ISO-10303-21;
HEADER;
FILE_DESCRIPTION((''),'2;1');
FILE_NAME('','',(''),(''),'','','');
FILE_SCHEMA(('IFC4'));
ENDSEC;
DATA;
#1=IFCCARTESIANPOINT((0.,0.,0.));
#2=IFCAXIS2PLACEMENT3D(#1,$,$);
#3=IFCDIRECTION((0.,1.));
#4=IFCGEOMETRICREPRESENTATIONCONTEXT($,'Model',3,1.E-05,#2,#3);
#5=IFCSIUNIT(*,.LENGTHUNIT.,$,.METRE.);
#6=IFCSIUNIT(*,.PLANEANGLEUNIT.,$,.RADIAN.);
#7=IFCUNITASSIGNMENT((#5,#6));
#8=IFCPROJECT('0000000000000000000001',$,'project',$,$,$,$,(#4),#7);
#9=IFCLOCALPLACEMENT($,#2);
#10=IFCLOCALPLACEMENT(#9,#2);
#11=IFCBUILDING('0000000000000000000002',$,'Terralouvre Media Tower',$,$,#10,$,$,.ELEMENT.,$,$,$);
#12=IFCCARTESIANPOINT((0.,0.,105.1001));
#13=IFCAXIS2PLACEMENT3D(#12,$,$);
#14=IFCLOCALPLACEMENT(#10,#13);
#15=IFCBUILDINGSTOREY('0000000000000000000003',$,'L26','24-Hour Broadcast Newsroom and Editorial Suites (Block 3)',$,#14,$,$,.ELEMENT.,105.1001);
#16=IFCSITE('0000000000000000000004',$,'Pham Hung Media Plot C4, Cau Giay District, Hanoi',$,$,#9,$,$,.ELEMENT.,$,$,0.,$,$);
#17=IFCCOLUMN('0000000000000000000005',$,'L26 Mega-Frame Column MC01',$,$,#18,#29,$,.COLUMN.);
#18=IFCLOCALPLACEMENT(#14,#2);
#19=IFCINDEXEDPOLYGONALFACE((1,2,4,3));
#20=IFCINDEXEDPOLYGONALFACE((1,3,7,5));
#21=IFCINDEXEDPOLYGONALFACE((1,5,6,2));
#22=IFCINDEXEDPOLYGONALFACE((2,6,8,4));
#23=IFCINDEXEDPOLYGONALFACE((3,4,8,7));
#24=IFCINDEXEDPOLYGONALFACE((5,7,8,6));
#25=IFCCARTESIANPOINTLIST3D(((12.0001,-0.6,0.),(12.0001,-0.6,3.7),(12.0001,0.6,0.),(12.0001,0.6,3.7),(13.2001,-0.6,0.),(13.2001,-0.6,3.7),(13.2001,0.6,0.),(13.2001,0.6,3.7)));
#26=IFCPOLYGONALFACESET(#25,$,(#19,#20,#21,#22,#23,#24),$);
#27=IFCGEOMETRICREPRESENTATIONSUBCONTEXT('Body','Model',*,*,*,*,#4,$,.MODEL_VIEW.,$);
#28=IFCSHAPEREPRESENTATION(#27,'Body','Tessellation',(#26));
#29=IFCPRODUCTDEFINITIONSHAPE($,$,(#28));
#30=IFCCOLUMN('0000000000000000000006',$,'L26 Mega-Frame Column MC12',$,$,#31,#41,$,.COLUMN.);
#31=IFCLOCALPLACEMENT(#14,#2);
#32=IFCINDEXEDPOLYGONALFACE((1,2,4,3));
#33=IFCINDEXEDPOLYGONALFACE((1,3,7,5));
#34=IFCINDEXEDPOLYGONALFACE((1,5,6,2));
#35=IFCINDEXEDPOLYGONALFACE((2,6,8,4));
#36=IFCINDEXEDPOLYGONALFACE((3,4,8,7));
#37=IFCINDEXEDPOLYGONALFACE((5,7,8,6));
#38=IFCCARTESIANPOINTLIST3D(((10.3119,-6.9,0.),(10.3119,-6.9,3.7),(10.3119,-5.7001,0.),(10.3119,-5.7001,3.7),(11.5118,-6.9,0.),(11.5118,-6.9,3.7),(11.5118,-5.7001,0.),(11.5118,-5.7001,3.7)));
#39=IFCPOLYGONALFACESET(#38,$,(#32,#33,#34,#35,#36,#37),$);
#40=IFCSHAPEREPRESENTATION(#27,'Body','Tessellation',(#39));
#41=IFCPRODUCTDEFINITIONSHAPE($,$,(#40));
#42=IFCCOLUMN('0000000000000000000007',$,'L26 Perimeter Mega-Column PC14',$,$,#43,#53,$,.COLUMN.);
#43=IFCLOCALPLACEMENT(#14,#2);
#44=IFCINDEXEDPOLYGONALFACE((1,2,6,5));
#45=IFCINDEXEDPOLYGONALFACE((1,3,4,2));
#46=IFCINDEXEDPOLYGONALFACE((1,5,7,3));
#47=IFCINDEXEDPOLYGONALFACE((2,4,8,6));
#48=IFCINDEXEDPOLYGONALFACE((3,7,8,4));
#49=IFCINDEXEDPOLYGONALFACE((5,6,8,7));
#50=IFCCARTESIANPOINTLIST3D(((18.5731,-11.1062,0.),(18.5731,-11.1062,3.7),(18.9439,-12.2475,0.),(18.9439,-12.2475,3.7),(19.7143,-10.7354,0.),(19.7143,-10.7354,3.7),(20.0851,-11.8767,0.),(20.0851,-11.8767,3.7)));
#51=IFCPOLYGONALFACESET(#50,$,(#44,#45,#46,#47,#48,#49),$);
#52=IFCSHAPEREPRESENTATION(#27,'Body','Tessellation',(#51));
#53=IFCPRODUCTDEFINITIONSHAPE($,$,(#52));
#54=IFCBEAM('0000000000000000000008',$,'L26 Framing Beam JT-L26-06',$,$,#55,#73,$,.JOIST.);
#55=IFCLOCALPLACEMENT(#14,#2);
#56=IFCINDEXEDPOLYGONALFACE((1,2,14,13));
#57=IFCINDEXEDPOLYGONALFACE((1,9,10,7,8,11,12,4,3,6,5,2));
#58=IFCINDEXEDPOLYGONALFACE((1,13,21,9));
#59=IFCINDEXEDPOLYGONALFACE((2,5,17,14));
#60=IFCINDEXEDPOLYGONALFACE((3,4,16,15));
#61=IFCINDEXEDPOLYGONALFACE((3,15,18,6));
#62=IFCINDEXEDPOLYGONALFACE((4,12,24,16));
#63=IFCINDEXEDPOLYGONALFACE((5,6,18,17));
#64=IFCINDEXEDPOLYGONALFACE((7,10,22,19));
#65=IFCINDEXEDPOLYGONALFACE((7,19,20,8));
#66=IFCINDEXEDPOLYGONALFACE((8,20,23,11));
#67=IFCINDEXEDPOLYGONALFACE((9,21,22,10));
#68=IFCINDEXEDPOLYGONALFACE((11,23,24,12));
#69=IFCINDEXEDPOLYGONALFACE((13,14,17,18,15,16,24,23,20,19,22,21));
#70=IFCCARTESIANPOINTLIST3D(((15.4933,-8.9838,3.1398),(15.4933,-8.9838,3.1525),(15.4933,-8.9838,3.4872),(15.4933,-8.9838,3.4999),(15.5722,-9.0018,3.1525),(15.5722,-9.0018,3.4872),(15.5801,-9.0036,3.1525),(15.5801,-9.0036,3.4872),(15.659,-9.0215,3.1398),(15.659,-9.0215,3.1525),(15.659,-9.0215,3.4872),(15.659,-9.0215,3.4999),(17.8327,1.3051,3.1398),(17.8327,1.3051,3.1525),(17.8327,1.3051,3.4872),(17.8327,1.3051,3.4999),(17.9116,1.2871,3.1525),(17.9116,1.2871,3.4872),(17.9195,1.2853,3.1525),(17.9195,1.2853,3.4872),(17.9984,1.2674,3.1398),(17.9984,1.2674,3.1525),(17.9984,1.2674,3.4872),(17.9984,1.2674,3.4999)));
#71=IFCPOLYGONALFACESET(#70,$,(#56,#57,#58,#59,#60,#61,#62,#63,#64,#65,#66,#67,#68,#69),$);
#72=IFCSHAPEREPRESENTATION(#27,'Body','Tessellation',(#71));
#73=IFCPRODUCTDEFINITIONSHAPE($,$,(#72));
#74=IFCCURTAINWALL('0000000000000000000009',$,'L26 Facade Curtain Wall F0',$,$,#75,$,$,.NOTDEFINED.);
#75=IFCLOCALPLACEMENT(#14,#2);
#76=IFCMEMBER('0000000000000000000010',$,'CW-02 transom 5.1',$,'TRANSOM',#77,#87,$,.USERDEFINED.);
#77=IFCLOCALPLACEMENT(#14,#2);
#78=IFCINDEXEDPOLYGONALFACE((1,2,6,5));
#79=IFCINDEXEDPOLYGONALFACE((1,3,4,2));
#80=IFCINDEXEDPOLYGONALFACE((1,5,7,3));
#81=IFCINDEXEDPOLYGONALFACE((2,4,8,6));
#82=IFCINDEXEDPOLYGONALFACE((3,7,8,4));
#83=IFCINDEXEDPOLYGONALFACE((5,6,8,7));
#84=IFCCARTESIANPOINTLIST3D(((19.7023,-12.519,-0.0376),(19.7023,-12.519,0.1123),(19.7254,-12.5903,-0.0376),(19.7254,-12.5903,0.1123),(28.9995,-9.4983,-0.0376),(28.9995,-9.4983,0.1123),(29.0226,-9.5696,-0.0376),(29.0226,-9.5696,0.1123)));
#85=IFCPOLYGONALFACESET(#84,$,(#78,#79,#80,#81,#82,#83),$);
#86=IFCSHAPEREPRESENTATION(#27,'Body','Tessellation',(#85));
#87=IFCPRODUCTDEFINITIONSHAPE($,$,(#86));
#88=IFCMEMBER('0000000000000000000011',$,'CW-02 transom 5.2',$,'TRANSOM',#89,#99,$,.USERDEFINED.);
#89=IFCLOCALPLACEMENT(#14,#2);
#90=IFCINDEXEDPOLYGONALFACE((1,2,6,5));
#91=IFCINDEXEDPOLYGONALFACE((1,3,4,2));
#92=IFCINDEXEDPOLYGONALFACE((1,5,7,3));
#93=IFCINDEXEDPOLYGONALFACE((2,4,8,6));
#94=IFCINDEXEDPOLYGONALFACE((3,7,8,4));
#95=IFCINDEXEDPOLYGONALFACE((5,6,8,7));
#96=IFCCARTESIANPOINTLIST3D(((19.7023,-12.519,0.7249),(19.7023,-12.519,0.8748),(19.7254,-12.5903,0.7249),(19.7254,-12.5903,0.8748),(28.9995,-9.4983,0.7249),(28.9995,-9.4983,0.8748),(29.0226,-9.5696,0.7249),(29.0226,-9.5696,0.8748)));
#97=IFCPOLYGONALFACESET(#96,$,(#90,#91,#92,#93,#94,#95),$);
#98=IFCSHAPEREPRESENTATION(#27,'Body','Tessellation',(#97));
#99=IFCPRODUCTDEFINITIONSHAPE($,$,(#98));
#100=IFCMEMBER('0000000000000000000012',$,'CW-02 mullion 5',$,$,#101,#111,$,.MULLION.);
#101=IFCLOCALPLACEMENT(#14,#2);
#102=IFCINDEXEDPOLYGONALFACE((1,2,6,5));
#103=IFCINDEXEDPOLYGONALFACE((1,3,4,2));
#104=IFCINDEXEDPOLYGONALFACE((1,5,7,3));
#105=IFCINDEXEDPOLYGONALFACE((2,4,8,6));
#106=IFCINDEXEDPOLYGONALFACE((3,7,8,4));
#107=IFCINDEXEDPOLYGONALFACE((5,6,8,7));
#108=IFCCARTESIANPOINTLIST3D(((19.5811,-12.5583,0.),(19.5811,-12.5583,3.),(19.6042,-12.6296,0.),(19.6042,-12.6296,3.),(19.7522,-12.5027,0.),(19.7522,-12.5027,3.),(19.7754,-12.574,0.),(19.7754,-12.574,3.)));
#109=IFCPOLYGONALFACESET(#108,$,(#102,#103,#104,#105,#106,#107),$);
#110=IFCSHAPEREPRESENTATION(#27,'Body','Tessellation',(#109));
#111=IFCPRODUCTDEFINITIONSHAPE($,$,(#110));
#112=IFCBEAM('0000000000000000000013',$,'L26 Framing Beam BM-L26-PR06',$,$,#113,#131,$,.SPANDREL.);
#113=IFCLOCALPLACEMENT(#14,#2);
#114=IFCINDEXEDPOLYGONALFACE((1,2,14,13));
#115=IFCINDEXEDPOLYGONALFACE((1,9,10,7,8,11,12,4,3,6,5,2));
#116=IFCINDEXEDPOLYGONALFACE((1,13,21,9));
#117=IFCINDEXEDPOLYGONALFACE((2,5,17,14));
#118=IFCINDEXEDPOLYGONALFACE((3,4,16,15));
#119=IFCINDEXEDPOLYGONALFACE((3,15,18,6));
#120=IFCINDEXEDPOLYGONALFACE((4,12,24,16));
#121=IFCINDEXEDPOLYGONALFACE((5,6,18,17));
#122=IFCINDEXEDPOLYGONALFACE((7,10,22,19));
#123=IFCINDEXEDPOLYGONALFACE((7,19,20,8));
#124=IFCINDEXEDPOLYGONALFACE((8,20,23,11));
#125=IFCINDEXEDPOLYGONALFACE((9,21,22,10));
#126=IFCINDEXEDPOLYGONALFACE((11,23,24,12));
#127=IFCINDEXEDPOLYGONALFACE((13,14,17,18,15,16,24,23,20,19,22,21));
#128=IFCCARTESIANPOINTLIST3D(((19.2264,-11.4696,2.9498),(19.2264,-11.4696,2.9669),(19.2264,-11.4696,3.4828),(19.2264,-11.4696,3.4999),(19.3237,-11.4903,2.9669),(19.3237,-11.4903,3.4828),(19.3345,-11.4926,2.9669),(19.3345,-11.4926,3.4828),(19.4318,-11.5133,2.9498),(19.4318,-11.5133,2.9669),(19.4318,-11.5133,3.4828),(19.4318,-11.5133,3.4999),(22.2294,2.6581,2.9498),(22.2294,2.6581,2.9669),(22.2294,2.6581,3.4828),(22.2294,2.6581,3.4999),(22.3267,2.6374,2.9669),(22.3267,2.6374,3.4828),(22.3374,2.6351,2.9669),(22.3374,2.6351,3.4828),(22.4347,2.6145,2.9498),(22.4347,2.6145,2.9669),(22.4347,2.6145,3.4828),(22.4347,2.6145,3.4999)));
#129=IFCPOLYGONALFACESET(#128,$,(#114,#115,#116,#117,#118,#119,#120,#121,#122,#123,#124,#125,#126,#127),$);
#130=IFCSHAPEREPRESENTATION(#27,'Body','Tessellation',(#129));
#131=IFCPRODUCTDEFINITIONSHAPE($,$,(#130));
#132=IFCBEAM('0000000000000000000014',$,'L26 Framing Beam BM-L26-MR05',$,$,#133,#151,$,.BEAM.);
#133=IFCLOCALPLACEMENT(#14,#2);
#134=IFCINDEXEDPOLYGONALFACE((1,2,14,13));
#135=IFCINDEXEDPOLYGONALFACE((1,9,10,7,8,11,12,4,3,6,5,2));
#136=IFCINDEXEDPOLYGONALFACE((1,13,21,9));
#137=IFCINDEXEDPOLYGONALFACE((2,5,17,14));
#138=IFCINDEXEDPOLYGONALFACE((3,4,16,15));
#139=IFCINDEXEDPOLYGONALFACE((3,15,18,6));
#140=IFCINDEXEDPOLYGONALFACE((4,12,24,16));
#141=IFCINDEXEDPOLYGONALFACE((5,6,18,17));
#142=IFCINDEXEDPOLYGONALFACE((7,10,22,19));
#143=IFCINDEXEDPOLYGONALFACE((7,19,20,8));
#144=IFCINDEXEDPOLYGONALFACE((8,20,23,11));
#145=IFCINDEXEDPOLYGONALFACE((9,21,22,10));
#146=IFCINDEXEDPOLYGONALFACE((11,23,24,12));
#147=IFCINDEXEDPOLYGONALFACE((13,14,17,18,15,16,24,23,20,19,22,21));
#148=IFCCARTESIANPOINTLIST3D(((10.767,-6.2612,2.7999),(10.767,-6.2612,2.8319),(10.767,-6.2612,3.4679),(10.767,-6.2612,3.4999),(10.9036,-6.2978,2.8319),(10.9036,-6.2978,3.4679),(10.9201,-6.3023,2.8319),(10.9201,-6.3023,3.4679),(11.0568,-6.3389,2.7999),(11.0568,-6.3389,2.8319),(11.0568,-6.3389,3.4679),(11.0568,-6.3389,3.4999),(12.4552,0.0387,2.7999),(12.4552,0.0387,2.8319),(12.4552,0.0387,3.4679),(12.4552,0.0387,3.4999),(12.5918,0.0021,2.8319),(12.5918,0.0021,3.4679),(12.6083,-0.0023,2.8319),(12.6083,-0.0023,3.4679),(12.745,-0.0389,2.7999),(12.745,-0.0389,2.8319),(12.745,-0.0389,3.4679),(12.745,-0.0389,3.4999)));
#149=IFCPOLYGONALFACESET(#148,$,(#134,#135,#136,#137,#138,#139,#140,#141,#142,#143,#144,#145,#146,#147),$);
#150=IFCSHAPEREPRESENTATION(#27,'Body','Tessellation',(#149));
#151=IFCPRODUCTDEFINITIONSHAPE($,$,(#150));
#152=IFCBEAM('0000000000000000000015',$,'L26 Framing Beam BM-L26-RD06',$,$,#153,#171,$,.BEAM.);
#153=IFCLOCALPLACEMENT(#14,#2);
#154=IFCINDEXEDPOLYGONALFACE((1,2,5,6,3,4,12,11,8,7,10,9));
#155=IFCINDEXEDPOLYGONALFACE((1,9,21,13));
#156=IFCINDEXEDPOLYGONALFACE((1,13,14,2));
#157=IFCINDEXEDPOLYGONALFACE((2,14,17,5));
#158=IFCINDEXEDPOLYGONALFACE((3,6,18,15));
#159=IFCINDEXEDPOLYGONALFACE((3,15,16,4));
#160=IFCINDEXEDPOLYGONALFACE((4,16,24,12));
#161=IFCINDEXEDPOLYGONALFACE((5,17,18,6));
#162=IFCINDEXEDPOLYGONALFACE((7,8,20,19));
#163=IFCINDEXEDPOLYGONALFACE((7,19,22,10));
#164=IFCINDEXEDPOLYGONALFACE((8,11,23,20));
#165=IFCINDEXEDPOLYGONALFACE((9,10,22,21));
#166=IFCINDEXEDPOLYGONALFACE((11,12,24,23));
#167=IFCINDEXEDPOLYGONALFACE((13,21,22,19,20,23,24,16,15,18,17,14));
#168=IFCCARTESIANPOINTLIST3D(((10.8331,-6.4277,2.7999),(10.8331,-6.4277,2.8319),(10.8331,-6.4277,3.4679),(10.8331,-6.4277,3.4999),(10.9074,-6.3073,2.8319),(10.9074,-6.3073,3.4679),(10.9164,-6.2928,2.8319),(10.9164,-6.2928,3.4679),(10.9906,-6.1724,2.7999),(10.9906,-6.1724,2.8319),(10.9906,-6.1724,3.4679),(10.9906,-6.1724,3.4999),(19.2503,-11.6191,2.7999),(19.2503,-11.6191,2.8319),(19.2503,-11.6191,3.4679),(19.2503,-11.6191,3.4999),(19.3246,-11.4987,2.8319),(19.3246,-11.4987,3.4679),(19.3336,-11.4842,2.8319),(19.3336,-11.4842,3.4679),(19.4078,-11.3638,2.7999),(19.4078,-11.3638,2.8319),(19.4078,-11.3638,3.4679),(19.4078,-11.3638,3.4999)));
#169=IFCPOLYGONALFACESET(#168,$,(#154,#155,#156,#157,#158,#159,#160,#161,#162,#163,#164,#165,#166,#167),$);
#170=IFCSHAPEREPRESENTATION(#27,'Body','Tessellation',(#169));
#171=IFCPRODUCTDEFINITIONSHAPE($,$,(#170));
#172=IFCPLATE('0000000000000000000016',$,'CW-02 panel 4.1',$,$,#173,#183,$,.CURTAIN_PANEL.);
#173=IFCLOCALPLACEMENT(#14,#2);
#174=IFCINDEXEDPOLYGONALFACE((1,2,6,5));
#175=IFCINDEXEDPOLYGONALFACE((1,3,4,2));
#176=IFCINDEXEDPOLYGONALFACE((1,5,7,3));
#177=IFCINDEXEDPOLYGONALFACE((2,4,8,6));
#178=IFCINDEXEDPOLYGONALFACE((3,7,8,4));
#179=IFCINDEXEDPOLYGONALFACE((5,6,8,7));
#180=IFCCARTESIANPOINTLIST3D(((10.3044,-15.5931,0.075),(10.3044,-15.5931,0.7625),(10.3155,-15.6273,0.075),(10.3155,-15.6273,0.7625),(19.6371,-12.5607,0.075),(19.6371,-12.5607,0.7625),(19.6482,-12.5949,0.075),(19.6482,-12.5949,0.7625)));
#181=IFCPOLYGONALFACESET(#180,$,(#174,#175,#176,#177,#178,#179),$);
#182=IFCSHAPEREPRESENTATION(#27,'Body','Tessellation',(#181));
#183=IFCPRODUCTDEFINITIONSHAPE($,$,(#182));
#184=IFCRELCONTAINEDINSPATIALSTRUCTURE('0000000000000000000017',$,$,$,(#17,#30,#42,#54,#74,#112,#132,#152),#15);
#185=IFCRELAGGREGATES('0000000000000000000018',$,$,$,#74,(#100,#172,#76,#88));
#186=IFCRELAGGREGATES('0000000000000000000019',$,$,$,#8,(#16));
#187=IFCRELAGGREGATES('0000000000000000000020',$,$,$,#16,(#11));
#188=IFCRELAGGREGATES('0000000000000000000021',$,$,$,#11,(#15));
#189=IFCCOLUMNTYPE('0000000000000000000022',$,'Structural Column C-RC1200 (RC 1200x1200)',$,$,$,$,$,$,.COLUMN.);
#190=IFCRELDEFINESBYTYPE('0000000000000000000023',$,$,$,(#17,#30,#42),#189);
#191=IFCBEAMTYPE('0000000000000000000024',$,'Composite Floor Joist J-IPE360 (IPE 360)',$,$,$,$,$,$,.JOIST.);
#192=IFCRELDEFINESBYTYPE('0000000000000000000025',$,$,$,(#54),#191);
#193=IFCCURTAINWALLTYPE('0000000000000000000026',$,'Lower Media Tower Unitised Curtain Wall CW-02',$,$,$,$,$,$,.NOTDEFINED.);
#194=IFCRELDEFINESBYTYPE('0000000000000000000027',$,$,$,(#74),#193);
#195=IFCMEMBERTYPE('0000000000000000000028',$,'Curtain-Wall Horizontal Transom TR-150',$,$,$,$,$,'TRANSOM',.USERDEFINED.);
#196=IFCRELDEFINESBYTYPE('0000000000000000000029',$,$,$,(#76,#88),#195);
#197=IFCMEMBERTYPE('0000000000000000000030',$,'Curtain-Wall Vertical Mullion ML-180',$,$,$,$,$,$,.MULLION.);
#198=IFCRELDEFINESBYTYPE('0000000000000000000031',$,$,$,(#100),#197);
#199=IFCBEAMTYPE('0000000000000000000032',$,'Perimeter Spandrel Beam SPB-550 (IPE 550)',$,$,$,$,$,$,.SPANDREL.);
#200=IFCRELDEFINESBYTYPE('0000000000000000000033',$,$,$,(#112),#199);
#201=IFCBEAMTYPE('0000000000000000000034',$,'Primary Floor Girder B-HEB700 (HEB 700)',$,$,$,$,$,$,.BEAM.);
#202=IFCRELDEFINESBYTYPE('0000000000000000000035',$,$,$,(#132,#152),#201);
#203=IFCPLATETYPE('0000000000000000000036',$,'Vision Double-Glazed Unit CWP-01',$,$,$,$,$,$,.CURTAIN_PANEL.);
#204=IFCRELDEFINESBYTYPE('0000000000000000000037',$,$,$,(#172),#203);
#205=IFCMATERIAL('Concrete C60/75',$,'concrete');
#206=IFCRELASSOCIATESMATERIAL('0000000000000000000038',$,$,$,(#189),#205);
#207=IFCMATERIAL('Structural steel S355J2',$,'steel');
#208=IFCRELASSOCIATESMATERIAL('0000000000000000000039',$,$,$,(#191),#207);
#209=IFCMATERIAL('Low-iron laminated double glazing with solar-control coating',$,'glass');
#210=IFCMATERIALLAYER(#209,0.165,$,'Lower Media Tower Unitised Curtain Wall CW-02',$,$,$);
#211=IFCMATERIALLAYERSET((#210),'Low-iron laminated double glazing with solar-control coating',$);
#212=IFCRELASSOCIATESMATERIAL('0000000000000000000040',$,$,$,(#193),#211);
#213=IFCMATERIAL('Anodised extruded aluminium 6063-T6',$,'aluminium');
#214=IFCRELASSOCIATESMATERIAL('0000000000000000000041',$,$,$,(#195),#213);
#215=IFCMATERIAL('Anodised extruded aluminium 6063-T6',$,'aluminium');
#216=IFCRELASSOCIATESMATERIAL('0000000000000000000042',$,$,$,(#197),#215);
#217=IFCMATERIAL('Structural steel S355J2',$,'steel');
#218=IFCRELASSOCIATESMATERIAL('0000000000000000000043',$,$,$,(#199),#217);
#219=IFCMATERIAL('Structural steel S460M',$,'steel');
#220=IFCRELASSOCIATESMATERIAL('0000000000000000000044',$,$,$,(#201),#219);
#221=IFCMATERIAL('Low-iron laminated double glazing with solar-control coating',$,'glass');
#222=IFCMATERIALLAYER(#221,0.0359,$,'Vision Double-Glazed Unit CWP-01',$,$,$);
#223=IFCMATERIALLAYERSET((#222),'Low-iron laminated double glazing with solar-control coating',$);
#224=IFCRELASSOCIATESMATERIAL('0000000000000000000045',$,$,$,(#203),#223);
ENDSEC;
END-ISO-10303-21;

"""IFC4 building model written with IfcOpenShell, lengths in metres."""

from ifc_helpers import new_model, si_unit, direction, frame, origin, origin_2d, place, context, subcontext, project, spatial, rectangle, i_section, extrude, material, layer, layer_set, material_profile, profile_set, type_object, element, aggregate, save


model = new_model("IFC4")

# Units and contexts
model_context = context("Model", 3, precision=1e-05, world=origin(), true_north=direction((0.0, 1.0)))
body_context = subcontext(model_context, "Body", "Model", "MODEL_VIEW")
ifc_project = project(units=[si_unit("LENGTHUNIT", "METRE"), si_unit("PLANEANGLEUNIT", "RADIAN")], contexts=[model_context])

# Site, building, storey
site_placement = place(None, origin())
site = spatial("IfcSite", under=ifc_project, at=site_placement, Name="Pham Hung Media Plot C4, Cau Giay District, Hanoi", CompositionType="ELEMENT", RefElevation=0.0)
building_placement = place(site_placement, origin())
building = spatial("IfcBuilding", under=site, at=building_placement, Name="Terralouvre Media Tower", CompositionType="ELEMENT")
storey_placement = place(building_placement, frame((0.0, 0.0, 105.1001)))
storey = spatial("IfcBuildingStorey", under=building, at=storey_placement, Name="L26", Description="24-Hour Broadcast Newsroom and Editorial Suites (Block 3)", CompositionType="ELEMENT", Elevation=105.1001)

# Columns
ifc_material_1 = material(Name="Concrete C60/75", Category="concrete")
ifc_material_profile_1 = material_profile(ifc_material_1, rectangle(XDim=1.2, YDim=1.2, at=origin_2d()), Name="RC 1200x1200")
ifc_profile_set_1 = profile_set([ifc_material_profile_1], Name="Concrete C60/75")
column_type = type_object("IfcColumnType", Name="Structural Column C-RC1200 (RC 1200x1200)", PredefinedType="COLUMN", material=ifc_profile_set_1)
for number, where, z_axis, x_axis, name in (
    (1, (12.6001, 0.0, 0.0), (0.0, 0.0, 1.0), (1.0, 0.0, 0.0), "L26 Mega-Frame Column MC01"),
    (2, (10.9119, -6.3, 0.0), (0.0, 0.0, 1.0), (1.0, 0.0, 0.0), "L26 Mega-Frame Column MC12"),
    (3, (19.3291, -11.4915, 0.0), (0.0, 0.0, 1.0), (0.951057, 0.309017, 0.0), "L26 Perimeter Mega-Column PC14"),
):
    element("IfcColumn", number, at=place(storey_placement, frame(where, z_axis=z_axis, x_axis=x_axis)), inside=storey, type_object=column_type, Name=name, PredefinedType="COLUMN", context=body_context, shape_type="SweptSolid", body=[
        extrude(rectangle(XDim=1.2, YDim=1.2, at=origin_2d()), origin(), (0.0, 0.0, 1.0), 3.7),
    ])

# Beam
ifc_material_2 = material(Name="Structural steel S355J2", Category="steel")
ifc_material_profile_2 = material_profile(ifc_material_2, i_section(OverallWidth=0.1699, OverallDepth=0.3601, WebThickness=0.0081, FlangeThickness=0.0127, at=origin_2d()), Name="IPE 360")
ifc_profile_set_2 = profile_set([ifc_material_profile_2], Name="Structural steel S355J2")
beam_type_1 = type_object("IfcBeamType", Name="Composite Floor Joist J-IPE360 (IPE 360)", PredefinedType="JOIST", material=ifc_profile_set_2)
beam_1_placement = place(storey_placement, frame((15.5762, -9.0027, 3.3198), z_axis=(0.22171, 0.975113, 0.0), x_axis=(-0.975113, 0.22171, 0.0)))
element("IfcBeam", 4, at=beam_1_placement, inside=storey, type_object=beam_type_1, Name="L26 Framing Beam JT-L26-06", PredefinedType="JOIST", context=body_context, shape_type="SweptSolid", body=[
    extrude(i_section(OverallWidth=0.1699, OverallDepth=0.3601, WebThickness=0.0081, FlangeThickness=0.0127, at=origin_2d()), origin(), (0.0, 0.0, 1.0), 10.5515),
])

# Curtain wall, members
ifc_material_3 = material(Name="Low-iron laminated double glazing with solar-control coating", Category="glass")
ifc_layer_1 = layer(ifc_material_3, 0.165, Name="Lower Media Tower Unitised Curtain Wall CW-02")
ifc_layer_set_1 = layer_set([ifc_layer_1], Name="Low-iron laminated double glazing with solar-control coating")
curtain_wall_type = type_object("IfcCurtainWallType", Name="Lower Media Tower Unitised Curtain Wall CW-02", PredefinedType="NOTDEFINED", material=ifc_layer_set_1)
curtain_wall_placement = place(storey_placement, origin())
curtain_wall = element("IfcCurtainWall", 5, at=curtain_wall_placement, inside=storey, type_object=curtain_wall_type, Name="L26 Facade Curtain Wall F0", PredefinedType="NOTDEFINED")
ifc_material_4 = material(Name="Anodised extruded aluminium 6063-T6", Category="aluminium")
ifc_material_profile_3 = material_profile(ifc_material_4, rectangle(XDim=0.075, YDim=0.1499, at=origin_2d()), Name="ALU 75x150")
ifc_profile_set_3 = profile_set([ifc_material_profile_3], Name="Anodised extruded aluminium 6063-T6")
member_type_1 = type_object("IfcMemberType", Name="Curtain-Wall Horizontal Transom TR-150", ElementType="TRANSOM", PredefinedType="USERDEFINED", material=ifc_profile_set_3)
member_1_placement = place(storey_placement, frame((19.7139, -12.5547, 0.0374), z_axis=(0.951058, 0.309011, 0.0), x_axis=(-0.309011, 0.951058, 0.0)))
member_1 = element("IfcMember", 6, at=member_1_placement, type_object=member_type_1, Name="CW-02 transom 5.1", ObjectType="TRANSOM", PredefinedType="USERDEFINED", context=body_context, shape_type="SweptSolid", body=[
    extrude(rectangle(XDim=0.075, YDim=0.1499, at=origin_2d()), origin(), (0.0, 0.0, 1.0), 9.7756),
])
member_2_placement = place(storey_placement, frame((19.7139, -12.5547, 0.7998), z_axis=(0.951058, 0.309011, 0.0), x_axis=(-0.309011, 0.951058, 0.0)))
member_2 = element("IfcMember", 7, at=member_2_placement, type_object=member_type_1, Name="CW-02 transom 5.2", ObjectType="TRANSOM", PredefinedType="USERDEFINED", context=body_context, shape_type="SweptSolid", body=[
    extrude(rectangle(XDim=0.075, YDim=0.1499, at=origin_2d()), origin(), (0.0, 0.0, 1.0), 9.7756),
])
ifc_material_5 = material(Name="Anodised extruded aluminium 6063-T6", Category="aluminium")
ifc_material_profile_4 = material_profile(ifc_material_5, rectangle(XDim=0.075, YDim=0.1799, at=origin_2d()), Name="ALU 75x180")
ifc_profile_set_4 = profile_set([ifc_material_profile_4], Name="Anodised extruded aluminium 6063-T6")
member_type_2 = type_object("IfcMemberType", Name="Curtain-Wall Vertical Mullion ML-180", PredefinedType="MULLION", material=ifc_profile_set_4)
member_3_placement = place(storey_placement, frame((19.6782, -12.5662, 0.0), z_axis=(0.0, 0.0, 1.0), x_axis=(-0.309017, 0.951057, 0.0)))
member_3 = element("IfcMember", 8, at=member_3_placement, type_object=member_type_2, Name="CW-02 mullion 5", PredefinedType="MULLION", context=body_context, shape_type="SweptSolid", body=[
    extrude(rectangle(XDim=0.075, YDim=0.1799, at=origin_2d()), origin(), (0.0, 0.0, 1.0), 3.0),
])

# Beams
ifc_material_6 = material(Name="Structural steel S355J2", Category="steel")
ifc_material_profile_5 = material_profile(ifc_material_6, i_section(OverallWidth=0.21, OverallDepth=0.55, WebThickness=0.011, FlangeThickness=0.0171, at=origin_2d()), Name="IPE 550")
ifc_profile_set_5 = profile_set([ifc_material_profile_5], Name="Structural steel S355J2")
beam_type_2 = type_object("IfcBeamType", Name="Perimeter Spandrel Beam SPB-550 (IPE 550)", PredefinedType="SPANDREL", material=ifc_profile_set_5)
beam_2_placement = place(storey_placement, frame((19.3291, -11.4915, 3.2249), z_axis=(0.207912, 0.978148, 0.0), x_axis=(-0.978148, 0.207912, 0.0)))
element("IfcBeam", 9, at=beam_2_placement, inside=storey, type_object=beam_type_2, Name="L26 Framing Beam BM-L26-PR06", PredefinedType="SPANDREL", context=body_context, shape_type="SweptSolid", body=[
    extrude(i_section(OverallWidth=0.21, OverallDepth=0.55, WebThickness=0.011, FlangeThickness=0.0171, at=origin_2d()), origin(), (0.0, 0.0, 1.0), 14.4434),
])
ifc_material_7 = material(Name="Structural steel S460M", Category="steel")
ifc_material_profile_6 = material_profile(ifc_material_7, i_section(OverallWidth=0.3, OverallDepth=0.7, WebThickness=0.0171, FlangeThickness=0.032, at=origin_2d()), Name="HEB 700")
ifc_profile_set_6 = profile_set([ifc_material_profile_6], Name="Structural steel S460M")
beam_type_3 = type_object("IfcBeamType", Name="Primary Floor Girder B-HEB700 (HEB 700)", PredefinedType="BEAM", material=ifc_profile_set_6)
beam_3_placement = place(storey_placement, frame((10.9119, -6.3, 3.1499), z_axis=(0.258839, 0.96592, 0.0), x_axis=(-0.96592, 0.258839, 0.0)))
element("IfcBeam", 10, at=beam_3_placement, inside=storey, type_object=beam_type_3, Name="L26 Framing Beam BM-L26-MR05", PredefinedType="BEAM", context=body_context, shape_type="SweptSolid", body=[
    extrude(i_section(OverallWidth=0.3, OverallDepth=0.7, WebThickness=0.0171, FlangeThickness=0.032, at=origin_2d()), origin(), (0.0, 0.0, 1.0), 6.5222),
])
beam_4_placement = place(storey_placement, frame((10.9119, -6.3, 3.1499), z_axis=(0.851136, -0.524946, 0.0), x_axis=(0.524946, 0.851136, 0.0)))
element("IfcBeam", 11, at=beam_4_placement, inside=storey, type_object=beam_type_3, Name="L26 Framing Beam BM-L26-RD06", PredefinedType="BEAM", context=body_context, shape_type="SweptSolid", body=[
    extrude(i_section(OverallWidth=0.3, OverallDepth=0.7, WebThickness=0.0171, FlangeThickness=0.032, at=origin_2d()), origin(), (0.0, 0.0, 1.0), 9.8894),
])

# Plate
ifc_material_8 = material(Name="Low-iron laminated double glazing with solar-control coating", Category="glass")
ifc_layer_2 = layer(ifc_material_8, 0.0359, Name="Vision Double-Glazed Unit CWP-01")
ifc_layer_set_2 = layer_set([ifc_layer_2], Name="Low-iron laminated double glazing with solar-control coating")
plate_type = type_object("IfcPlateType", Name="Vision Double-Glazed Unit CWP-01", PredefinedType="CURTAIN_PANEL", material=ifc_layer_set_2)
plate_1_placement = place(storey_placement, frame((14.9763, -14.094, 0.075), z_axis=(0.0, 0.0, 1.0), x_axis=(0.951057, 0.309017, 0.0)))
plate_1 = element("IfcPlate", 12, at=plate_1_placement, type_object=plate_type, Name="CW-02 panel 4.1", PredefinedType="CURTAIN_PANEL", context=body_context, shape_type="SweptSolid", body=[
    extrude(rectangle(XDim=9.813, YDim=0.0359, at=origin_2d()), origin(), (0.0, 0.0, 1.0), 0.6875),
])
aggregate(curtain_wall, [member_3, plate_1, member_1, member_2])

save(model, "model.ifc")
